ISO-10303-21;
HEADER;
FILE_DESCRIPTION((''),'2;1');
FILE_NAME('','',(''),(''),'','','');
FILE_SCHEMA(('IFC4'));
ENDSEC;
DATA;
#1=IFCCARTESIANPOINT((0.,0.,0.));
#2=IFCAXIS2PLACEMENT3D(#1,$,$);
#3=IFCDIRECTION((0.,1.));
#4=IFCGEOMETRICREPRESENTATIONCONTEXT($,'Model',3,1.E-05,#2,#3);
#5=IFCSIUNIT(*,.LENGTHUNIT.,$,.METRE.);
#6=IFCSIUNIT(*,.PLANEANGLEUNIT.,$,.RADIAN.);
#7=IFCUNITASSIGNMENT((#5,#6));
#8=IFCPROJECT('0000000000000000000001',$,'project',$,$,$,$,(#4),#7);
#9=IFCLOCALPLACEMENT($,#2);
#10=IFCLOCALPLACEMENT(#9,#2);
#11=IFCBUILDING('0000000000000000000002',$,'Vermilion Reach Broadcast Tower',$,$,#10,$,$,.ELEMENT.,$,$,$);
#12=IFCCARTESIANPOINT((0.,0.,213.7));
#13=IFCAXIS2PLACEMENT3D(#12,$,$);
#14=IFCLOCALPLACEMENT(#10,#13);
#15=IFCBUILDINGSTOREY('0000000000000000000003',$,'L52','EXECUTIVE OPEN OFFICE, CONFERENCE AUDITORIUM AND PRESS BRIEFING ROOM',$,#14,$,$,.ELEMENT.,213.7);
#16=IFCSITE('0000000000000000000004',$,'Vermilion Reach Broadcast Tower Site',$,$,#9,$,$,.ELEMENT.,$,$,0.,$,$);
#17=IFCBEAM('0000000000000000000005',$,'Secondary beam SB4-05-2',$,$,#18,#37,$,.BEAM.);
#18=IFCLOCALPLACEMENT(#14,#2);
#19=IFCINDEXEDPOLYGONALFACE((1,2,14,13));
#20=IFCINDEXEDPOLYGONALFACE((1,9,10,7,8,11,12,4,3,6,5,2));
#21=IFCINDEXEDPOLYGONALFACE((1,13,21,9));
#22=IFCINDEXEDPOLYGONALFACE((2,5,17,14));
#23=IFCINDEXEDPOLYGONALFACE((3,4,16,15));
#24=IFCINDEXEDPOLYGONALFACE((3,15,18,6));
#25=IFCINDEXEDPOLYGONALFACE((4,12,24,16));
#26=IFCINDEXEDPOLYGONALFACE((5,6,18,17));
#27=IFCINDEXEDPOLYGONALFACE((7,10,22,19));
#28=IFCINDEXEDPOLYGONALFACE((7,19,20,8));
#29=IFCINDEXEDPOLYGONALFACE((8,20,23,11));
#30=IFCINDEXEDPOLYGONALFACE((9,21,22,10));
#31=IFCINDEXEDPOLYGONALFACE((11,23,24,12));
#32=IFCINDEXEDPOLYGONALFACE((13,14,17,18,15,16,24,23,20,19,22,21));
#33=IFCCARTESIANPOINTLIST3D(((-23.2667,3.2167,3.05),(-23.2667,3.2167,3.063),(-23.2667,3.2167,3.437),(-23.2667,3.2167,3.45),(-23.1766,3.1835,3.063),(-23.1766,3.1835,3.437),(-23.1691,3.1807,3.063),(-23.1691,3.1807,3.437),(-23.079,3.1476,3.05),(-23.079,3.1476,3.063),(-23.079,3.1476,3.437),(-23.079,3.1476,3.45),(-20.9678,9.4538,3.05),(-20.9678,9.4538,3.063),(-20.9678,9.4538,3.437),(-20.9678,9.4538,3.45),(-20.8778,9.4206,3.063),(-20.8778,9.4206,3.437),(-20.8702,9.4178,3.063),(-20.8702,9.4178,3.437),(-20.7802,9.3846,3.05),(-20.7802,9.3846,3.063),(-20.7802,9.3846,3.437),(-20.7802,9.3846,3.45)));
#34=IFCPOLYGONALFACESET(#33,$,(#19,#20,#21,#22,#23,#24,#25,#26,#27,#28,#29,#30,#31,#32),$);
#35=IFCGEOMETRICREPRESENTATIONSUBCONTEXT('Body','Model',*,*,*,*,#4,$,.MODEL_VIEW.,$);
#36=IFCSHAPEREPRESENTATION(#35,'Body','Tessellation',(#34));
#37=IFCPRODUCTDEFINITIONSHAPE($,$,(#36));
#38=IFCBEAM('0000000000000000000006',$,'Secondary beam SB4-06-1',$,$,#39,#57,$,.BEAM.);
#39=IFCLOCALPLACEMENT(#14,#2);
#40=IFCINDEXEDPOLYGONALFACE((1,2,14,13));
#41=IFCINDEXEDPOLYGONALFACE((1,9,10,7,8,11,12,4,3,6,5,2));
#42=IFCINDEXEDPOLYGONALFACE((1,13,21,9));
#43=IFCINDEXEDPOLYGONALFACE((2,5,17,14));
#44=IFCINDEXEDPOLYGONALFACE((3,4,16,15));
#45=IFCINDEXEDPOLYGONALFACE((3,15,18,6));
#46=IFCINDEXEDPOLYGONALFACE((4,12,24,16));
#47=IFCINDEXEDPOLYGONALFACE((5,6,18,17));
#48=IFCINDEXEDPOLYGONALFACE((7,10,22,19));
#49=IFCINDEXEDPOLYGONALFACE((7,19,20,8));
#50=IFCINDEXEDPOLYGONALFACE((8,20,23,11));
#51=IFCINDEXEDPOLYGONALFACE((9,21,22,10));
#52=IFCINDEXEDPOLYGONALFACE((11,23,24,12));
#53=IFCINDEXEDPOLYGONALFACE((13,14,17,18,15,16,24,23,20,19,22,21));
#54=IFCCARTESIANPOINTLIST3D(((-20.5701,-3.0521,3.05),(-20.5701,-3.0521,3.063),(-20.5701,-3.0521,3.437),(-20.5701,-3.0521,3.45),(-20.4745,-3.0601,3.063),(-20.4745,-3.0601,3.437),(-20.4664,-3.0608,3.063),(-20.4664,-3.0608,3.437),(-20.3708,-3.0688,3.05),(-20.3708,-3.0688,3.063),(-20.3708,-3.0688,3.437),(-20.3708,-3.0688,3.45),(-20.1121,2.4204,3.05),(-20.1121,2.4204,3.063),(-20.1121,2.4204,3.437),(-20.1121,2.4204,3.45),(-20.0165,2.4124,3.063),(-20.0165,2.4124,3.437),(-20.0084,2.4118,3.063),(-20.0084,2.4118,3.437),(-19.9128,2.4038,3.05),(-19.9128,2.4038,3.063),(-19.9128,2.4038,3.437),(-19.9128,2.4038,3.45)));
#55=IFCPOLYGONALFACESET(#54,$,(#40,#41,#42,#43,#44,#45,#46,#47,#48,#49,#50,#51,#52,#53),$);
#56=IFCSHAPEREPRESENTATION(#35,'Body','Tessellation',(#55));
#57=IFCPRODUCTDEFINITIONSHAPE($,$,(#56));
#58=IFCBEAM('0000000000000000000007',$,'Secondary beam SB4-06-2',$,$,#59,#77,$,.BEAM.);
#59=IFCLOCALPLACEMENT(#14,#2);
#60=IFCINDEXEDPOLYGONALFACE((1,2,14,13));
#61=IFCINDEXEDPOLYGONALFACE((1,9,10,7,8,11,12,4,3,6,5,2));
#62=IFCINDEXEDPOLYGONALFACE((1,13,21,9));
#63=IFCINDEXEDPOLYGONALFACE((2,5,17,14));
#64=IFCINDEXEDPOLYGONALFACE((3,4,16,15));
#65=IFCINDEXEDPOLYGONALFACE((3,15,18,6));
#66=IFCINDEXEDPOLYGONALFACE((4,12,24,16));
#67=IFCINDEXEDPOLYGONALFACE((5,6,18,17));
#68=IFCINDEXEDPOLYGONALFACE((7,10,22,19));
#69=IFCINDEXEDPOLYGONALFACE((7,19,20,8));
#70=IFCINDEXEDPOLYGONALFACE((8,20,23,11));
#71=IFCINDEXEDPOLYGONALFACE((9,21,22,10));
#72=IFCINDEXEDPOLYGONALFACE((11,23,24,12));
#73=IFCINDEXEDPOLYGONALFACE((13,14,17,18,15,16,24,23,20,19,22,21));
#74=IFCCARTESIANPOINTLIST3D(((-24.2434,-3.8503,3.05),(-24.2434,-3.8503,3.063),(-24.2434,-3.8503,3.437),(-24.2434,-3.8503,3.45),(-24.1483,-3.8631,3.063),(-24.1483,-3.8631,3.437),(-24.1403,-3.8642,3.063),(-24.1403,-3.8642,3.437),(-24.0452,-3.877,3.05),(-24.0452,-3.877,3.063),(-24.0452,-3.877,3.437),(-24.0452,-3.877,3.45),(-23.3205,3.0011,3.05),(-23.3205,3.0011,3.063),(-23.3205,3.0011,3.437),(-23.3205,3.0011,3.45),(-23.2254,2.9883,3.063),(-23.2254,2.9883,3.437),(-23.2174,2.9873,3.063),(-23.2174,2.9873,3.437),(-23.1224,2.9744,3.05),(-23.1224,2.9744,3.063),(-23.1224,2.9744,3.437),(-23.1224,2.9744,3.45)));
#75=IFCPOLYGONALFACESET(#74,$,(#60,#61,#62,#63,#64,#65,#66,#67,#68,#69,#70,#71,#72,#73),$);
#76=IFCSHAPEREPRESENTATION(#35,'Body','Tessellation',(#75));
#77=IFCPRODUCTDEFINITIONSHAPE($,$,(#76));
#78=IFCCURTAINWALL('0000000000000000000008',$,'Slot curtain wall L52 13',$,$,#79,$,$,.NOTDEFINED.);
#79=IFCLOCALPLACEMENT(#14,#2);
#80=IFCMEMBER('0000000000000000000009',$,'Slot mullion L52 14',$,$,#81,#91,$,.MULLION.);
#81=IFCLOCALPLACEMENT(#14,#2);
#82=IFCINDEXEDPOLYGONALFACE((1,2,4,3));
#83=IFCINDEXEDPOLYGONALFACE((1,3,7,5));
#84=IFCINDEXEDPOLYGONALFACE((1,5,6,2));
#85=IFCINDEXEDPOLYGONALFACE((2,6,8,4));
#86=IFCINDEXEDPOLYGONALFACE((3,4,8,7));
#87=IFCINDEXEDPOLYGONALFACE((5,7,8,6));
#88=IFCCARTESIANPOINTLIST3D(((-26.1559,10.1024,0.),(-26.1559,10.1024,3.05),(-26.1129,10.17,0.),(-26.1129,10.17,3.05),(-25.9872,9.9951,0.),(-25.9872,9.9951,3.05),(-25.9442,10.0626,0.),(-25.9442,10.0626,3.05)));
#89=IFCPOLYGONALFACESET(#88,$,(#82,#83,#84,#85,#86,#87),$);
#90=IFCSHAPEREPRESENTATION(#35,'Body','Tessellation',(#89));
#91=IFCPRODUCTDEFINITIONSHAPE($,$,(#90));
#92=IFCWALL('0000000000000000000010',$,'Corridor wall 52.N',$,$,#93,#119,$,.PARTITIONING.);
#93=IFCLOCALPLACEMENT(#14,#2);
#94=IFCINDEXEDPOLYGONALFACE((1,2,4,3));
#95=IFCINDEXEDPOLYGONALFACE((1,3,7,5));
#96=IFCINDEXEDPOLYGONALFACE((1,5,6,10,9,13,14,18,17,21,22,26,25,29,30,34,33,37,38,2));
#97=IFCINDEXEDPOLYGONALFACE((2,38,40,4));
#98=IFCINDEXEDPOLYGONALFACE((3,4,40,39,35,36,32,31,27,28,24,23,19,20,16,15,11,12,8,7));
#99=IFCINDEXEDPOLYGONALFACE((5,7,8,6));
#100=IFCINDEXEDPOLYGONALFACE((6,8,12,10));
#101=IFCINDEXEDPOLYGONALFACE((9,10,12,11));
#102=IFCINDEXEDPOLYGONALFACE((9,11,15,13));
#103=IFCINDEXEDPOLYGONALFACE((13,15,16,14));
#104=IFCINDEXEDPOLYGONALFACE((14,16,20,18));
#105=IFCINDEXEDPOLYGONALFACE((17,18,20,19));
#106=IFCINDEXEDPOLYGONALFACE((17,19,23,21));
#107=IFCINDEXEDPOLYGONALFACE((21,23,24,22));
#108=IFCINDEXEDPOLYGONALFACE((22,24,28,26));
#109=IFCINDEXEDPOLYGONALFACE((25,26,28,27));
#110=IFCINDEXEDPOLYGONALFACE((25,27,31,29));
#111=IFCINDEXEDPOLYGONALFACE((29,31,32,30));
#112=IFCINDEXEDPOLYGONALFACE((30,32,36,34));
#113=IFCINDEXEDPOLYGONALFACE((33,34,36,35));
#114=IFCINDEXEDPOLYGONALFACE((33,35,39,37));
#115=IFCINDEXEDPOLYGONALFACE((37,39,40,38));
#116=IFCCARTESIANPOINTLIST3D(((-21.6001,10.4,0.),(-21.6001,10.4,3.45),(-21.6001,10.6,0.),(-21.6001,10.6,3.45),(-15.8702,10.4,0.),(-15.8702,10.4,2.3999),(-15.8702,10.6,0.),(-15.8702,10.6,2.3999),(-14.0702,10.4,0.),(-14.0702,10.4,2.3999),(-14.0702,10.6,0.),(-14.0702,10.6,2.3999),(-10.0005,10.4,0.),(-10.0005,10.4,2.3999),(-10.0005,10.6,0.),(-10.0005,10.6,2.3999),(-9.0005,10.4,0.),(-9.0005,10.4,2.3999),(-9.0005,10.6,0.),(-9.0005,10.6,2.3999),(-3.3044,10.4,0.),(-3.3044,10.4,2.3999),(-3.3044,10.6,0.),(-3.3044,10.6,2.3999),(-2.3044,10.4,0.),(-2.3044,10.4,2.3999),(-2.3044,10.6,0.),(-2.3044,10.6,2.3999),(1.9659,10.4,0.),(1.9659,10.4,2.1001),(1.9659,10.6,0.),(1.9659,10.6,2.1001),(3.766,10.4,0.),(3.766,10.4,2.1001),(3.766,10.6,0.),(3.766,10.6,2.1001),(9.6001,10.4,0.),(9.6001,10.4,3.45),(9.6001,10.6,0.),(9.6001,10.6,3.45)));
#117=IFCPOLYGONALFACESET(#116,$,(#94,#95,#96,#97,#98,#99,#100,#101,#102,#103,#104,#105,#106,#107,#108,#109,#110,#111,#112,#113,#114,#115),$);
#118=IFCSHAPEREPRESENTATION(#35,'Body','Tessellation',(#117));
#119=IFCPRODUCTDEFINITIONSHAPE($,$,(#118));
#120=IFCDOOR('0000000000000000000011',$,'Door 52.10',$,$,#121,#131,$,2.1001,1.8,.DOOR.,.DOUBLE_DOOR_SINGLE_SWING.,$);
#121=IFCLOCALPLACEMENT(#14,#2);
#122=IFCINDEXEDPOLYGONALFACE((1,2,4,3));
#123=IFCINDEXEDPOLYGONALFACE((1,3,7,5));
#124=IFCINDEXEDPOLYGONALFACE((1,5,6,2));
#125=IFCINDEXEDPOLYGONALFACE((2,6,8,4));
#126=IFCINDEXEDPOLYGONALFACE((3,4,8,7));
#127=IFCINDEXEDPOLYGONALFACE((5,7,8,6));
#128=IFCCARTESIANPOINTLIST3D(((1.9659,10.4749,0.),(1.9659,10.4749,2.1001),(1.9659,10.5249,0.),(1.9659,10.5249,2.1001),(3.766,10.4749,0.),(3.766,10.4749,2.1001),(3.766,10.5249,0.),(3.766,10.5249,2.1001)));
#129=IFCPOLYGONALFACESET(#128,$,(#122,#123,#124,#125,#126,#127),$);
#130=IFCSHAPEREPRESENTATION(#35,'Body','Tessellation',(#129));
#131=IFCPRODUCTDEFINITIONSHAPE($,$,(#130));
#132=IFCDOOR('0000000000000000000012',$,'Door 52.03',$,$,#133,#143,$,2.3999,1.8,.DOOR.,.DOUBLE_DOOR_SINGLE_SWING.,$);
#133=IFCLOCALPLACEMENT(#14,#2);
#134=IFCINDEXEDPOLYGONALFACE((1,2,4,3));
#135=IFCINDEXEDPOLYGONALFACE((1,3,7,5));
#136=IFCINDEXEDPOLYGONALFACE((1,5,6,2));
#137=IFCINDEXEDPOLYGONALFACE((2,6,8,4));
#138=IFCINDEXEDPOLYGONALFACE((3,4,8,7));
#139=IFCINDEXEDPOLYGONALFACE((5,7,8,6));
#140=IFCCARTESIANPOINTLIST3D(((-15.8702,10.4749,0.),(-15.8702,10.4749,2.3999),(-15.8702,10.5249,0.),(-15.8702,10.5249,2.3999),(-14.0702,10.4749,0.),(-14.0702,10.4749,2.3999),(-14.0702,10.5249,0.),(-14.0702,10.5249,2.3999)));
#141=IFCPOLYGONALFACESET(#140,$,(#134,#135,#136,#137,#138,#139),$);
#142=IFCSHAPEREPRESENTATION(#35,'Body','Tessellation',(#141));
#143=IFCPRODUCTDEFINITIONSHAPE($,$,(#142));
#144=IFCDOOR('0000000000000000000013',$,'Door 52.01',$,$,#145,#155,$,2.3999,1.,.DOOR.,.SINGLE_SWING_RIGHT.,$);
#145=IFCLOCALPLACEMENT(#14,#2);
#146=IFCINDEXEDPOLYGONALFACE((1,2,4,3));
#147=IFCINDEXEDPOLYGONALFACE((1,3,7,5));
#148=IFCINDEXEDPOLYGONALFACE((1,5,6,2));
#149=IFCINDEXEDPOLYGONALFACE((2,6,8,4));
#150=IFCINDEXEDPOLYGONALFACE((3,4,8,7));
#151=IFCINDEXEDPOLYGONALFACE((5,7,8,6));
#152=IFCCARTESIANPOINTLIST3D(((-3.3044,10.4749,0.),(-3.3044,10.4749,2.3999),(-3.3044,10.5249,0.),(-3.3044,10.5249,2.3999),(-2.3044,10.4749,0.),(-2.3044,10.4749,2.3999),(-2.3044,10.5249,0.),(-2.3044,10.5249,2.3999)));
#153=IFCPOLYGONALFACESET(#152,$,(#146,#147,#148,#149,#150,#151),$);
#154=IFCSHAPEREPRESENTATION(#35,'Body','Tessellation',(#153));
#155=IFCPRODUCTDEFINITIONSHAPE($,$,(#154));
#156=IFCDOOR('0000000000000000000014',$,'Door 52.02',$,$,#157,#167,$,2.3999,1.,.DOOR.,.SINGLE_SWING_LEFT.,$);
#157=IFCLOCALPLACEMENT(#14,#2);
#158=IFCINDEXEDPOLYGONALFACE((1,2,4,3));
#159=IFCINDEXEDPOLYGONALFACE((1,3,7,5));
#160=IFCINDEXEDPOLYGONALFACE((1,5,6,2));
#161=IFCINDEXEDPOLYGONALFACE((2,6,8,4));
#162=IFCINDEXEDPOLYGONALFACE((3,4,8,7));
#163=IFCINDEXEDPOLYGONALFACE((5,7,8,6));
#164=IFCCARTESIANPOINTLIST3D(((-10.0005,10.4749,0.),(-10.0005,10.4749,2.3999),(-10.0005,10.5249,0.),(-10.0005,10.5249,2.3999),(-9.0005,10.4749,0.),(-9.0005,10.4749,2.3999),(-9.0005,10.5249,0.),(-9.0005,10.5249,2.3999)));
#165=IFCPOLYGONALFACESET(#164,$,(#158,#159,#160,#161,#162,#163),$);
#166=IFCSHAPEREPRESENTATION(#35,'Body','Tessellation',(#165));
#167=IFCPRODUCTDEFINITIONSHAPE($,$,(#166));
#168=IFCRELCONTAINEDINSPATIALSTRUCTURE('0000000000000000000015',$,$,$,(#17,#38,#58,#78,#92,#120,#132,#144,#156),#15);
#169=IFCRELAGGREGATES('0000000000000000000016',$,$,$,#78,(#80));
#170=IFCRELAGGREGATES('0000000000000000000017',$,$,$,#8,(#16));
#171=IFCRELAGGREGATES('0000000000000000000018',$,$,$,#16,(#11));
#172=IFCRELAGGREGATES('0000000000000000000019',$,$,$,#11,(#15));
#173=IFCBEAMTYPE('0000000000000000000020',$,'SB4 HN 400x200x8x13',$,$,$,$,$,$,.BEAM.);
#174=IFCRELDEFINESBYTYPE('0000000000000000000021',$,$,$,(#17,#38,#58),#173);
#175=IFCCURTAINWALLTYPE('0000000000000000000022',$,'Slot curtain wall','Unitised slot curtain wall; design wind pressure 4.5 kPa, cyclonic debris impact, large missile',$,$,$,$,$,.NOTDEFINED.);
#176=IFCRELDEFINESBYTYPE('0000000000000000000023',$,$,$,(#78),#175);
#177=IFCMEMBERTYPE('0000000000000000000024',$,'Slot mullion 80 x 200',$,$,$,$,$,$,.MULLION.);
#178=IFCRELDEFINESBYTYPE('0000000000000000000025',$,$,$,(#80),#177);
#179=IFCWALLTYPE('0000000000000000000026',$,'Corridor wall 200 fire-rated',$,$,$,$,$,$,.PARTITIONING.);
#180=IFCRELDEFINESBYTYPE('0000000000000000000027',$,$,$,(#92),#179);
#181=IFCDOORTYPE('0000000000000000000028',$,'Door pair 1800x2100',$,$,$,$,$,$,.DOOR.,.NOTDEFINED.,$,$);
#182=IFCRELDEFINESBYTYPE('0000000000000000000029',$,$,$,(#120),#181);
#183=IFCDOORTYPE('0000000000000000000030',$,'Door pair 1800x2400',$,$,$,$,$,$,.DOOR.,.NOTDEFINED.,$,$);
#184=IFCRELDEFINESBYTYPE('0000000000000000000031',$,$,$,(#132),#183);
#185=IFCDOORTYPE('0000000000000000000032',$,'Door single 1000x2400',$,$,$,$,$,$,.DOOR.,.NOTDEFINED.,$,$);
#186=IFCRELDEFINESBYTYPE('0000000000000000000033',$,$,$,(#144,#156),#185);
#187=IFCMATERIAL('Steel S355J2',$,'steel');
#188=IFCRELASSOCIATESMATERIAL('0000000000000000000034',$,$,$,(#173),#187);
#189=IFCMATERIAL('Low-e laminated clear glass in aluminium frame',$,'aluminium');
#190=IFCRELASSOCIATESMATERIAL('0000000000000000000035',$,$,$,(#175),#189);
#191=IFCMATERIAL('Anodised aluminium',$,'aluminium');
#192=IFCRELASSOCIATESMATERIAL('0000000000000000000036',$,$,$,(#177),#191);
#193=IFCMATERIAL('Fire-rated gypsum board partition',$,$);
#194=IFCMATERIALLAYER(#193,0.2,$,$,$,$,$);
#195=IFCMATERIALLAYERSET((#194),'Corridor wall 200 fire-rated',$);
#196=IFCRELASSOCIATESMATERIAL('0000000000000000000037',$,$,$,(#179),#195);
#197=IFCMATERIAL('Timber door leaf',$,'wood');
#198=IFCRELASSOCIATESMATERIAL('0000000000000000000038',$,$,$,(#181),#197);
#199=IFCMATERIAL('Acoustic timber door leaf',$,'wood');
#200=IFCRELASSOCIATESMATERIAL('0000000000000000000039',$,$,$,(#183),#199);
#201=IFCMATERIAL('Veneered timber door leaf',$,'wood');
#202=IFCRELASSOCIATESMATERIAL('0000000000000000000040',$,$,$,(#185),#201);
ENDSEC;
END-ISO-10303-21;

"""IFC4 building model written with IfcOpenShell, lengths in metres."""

from ifc_helpers import new_model, si_unit, direction, frame, frame_2d, origin, origin_2d, place, context, subcontext, project, spatial, rectangle, i_section, extrude, material, layer, layer_set, material_profile, profile_set, type_object, element, fill, aggregate, save


model = new_model("IFC4")

# Units and contexts
model_context = context("Model", 3, precision=1e-05, world=origin(), true_north=direction((0.0, 1.0)))
body_context = subcontext(model_context, "Body", "Model", "MODEL_VIEW")
ifc_project = project(units=[si_unit("LENGTHUNIT", "METRE"), si_unit("PLANEANGLEUNIT", "RADIAN")], contexts=[model_context])

# Site, building, storey
site_placement = place(None, origin())
site = spatial("IfcSite", under=ifc_project, at=site_placement, Name="Vermilion Reach Broadcast Tower Site", CompositionType="ELEMENT", RefElevation=0.0)
building_placement = place(site_placement, origin())
building = spatial("IfcBuilding", under=site, at=building_placement, Name="Vermilion Reach Broadcast Tower", CompositionType="ELEMENT")
storey_placement = place(building_placement, frame((0.0, 0.0, 213.7)))
storey = spatial("IfcBuildingStorey", under=building, at=storey_placement, Name="L52", Description="EXECUTIVE OPEN OFFICE, CONFERENCE AUDITORIUM AND PRESS BRIEFING ROOM", CompositionType="ELEMENT", Elevation=213.7)

# Beams
ifc_material_1 = material(Name="Steel S355J2", Category="steel")
ifc_material_profile_1 = material_profile(ifc_material_1, i_section(OverallWidth=0.2, OverallDepth=0.3999, WebThickness=0.0081, FlangeThickness=0.0129, at=origin_2d()), Name="S355J2 HN 400x200x8x13")
ifc_profile_set_1 = profile_set([ifc_material_profile_1], Name="Steel S355J2")
beam_type_1 = type_object("IfcBeamType", Name="SB4 HN 400x200x8x13", PredefinedType="BEAM", material=ifc_profile_set_1)
beam_1_placement = place(storey_placement, frame((-20.874, 9.4192, 3.25), z_axis=(-0.345833, -0.938296, 0.0), x_axis=(0.938296, -0.345833, 0.0)))
element("IfcBeam", 1, at=beam_1_placement, inside=storey, type_object=beam_type_1, Name="Secondary beam SB4-05-2", PredefinedType="BEAM", context=body_context, shape_type="SweptSolid", body=[
    extrude(i_section(OverallWidth=0.2, OverallDepth=0.3999, WebThickness=0.0081, FlangeThickness=0.0129, at=origin_2d()), origin(), (0.0, 0.0, 1.0), 6.6472),
])
beam_2_placement = place(storey_placement, frame((-20.0125, 2.4121, 3.25), z_axis=(-0.083399, -0.996516, 0.0), x_axis=(0.996516, -0.083399, 0.0)))
element("IfcBeam", 2, at=beam_2_placement, inside=storey, type_object=beam_type_1, Name="Secondary beam SB4-06-1", PredefinedType="BEAM", context=body_context, shape_type="SweptSolid", body=[
    extrude(i_section(OverallWidth=0.2, OverallDepth=0.3999, WebThickness=0.0081, FlangeThickness=0.0129, at=origin_2d()), origin(), (0.0, 0.0, 1.0), 5.4917),
])
beam_3_placement = place(storey_placement, frame((-23.2214, 2.9878, 3.25), z_axis=(-0.133487, -0.991051, 0.0), x_axis=(0.991051, -0.133487, 0.0)))
element("IfcBeam", 3, at=beam_3_placement, inside=storey, type_object=beam_type_1, Name="Secondary beam SB4-06-2", PredefinedType="BEAM", context=body_context, shape_type="SweptSolid", body=[
    extrude(i_section(OverallWidth=0.2, OverallDepth=0.3999, WebThickness=0.0081, FlangeThickness=0.0129, at=origin_2d()), origin(), (0.0, 0.0, 1.0), 6.9133),
])

# Curtain wall, member
ifc_material_2 = material(Name="Low-e laminated clear glass in aluminium frame", Category="aluminium")
curtain_wall_type = type_object("IfcCurtainWallType", Name="Slot curtain wall", Description="Unitised slot curtain wall; design wind pressure 4.5 kPa, cyclonic debris impact, large missile", PredefinedType="NOTDEFINED", material=ifc_material_2)
curtain_wall_placement = place(storey_placement, origin())
curtain_wall = element("IfcCurtainWall", 4, at=curtain_wall_placement, inside=storey, type_object=curtain_wall_type, Name="Slot curtain wall L52 13", PredefinedType="NOTDEFINED")
ifc_material_3 = material(Name="Anodised aluminium", Category="aluminium")
ifc_material_profile_2 = material_profile(ifc_material_3, rectangle(XDim=0.2, YDim=0.0801, at=origin_2d()), Name="Slot mullion 80 x 200")
ifc_profile_set_2 = profile_set([ifc_material_profile_2], Name="Anodised aluminium")
member_type = type_object("IfcMemberType", Name="Slot mullion 80 x 200", PredefinedType="MULLION", material=ifc_profile_set_2)
member_placement = place(storey_placement, frame((-26.05, 10.0825, 0.0), z_axis=(0.0, 0.0, 1.0), x_axis=(0.843588, -0.536991, 0.0)))
member = element("IfcMember", 5, at=member_placement, type_object=member_type, Name="Slot mullion L52 14", PredefinedType="MULLION", context=body_context, shape_type="SweptSolid", body=[
    extrude(rectangle(XDim=0.2, YDim=0.0801, at=origin_2d()), origin(), (0.0, 0.0, 1.0), 3.05),
])
aggregate(curtain_wall, [member])

# Wall, openings, doors
ifc_material_4 = material(Name="Fire-rated gypsum board partition")
ifc_layer_1 = layer(ifc_material_4, 0.2)
ifc_layer_set_1 = layer_set([ifc_layer_1], Name="Corridor wall 200 fire-rated")
wall_type_1 = type_object("IfcWallType", Name="Corridor wall 200 fire-rated", PredefinedType="PARTITIONING", material=ifc_layer_set_1)
wall_1_placement = place(storey_placement, frame((-21.6001, 10.5, 0.0), z_axis=(0.0, 0.0, 1.0), x_axis=(1.0, 0.0, 0.0)))
wall_1 = element("IfcWall", 6, at=wall_1_placement, inside=storey, type_object=wall_type_1, Name="Corridor wall 52.N", PredefinedType="PARTITIONING", context=body_context, shape_type="SweptSolid", body=[
    extrude(rectangle(XDim=31.2002, YDim=0.2, at=frame_2d((15.6001, 0.0))), origin(), (0.0, 0.0, 1.0), 3.45),
])
opening_1_placement = place(wall_1_placement, frame((18.2957, 0.0, 0.0)))
opening_1 = element("IfcOpeningElement", 7, at=opening_1_placement, cuts=wall_1, PredefinedType="OPENING", context=body_context, shape_type="SweptSolid", body=[
    extrude(rectangle(XDim=1.0, YDim=2.3999, at=frame_2d((0.5, 1.2))), frame((0.0, 0.1099, 0.0), z_axis=(0.0, -1.0, 0.0), x_axis=(1.0, 0.0, 0.0)), (0.0, 0.0, 1.0), 0.22),
])
opening_2_placement = place(wall_1_placement, frame((11.5996, 0.0, 0.0)))
opening_2 = element("IfcOpeningElement", 8, at=opening_2_placement, cuts=wall_1, PredefinedType="OPENING", context=body_context, shape_type="SweptSolid", body=[
    extrude(rectangle(XDim=1.0, YDim=2.3999, at=frame_2d((0.5, 1.2))), frame((0.0, 0.1099, 0.0), z_axis=(0.0, -1.0, 0.0), x_axis=(1.0, 0.0, 0.0)), (0.0, 0.0, 1.0), 0.22),
])
opening_3_placement = place(wall_1_placement, frame((5.73, 0.0, 0.0)))
opening_3 = element("IfcOpeningElement", 9, at=opening_3_placement, cuts=wall_1, PredefinedType="OPENING", context=body_context, shape_type="SweptSolid", body=[
    extrude(rectangle(XDim=1.8, YDim=2.3999, at=frame_2d((0.8999, 1.2))), frame((0.0, 0.1099, 0.0), z_axis=(0.0, -1.0, 0.0), x_axis=(1.0, 0.0, 0.0)), (0.0, 0.0, 1.0), 0.22),
])
opening_4_placement = place(wall_1_placement, frame((23.5662, 0.0, 0.0)))
opening_4 = element("IfcOpeningElement", 10, at=opening_4_placement, cuts=wall_1, PredefinedType="OPENING", context=body_context, shape_type="SweptSolid", body=[
    extrude(rectangle(XDim=1.8, YDim=2.1001, at=frame_2d((0.8999, 1.05))), frame((0.0, 0.1099, 0.0), z_axis=(0.0, -1.0, 0.0), x_axis=(1.0, 0.0, 0.0)), (0.0, 0.0, 1.0), 0.22),
])
ifc_material_5 = material(Name="Timber door leaf", Category="wood")
door_type_1 = type_object("IfcDoorType", Name="Door pair 1800x2100", OperationType="NOTDEFINED", PredefinedType="DOOR", material=ifc_material_5)
door_1_placement = place(opening_4_placement, origin())
door_1 = element("IfcDoor", 11, at=door_1_placement, inside=storey, type_object=door_type_1, Name="Door 52.10", OperationType="DOUBLE_DOOR_SINGLE_SWING", OverallHeight=2.1001, OverallWidth=1.8, PredefinedType="DOOR", context=body_context, shape_type="SweptSolid", body=[
    extrude(rectangle(XDim=1.8, YDim=2.1001, at=frame_2d((0.8999, 1.05))), frame((0.0, 0.0249, 0.0), z_axis=(0.0, -1.0, 0.0), x_axis=(1.0, 0.0, 0.0)), (0.0, 0.0, 1.0), 0.05),
])
fill(opening_4, door_1)
ifc_material_6 = material(Name="Acoustic timber door leaf", Category="wood")
door_type_2 = type_object("IfcDoorType", Name="Door pair 1800x2400", OperationType="NOTDEFINED", PredefinedType="DOOR", material=ifc_material_6)
door_2_placement = place(opening_3_placement, origin())
door_2 = element("IfcDoor", 12, at=door_2_placement, inside=storey, type_object=door_type_2, Name="Door 52.03", OperationType="DOUBLE_DOOR_SINGLE_SWING", OverallHeight=2.3999, OverallWidth=1.8, PredefinedType="DOOR", context=body_context, shape_type="SweptSolid", body=[
    extrude(rectangle(XDim=1.8, YDim=2.3999, at=frame_2d((0.8999, 1.2))), frame((0.0, 0.0249, 0.0), z_axis=(0.0, -1.0, 0.0), x_axis=(1.0, 0.0, 0.0)), (0.0, 0.0, 1.0), 0.05),
])
fill(opening_3, door_2)
ifc_material_7 = material(Name="Veneered timber door leaf", Category="wood")
door_type_3 = type_object("IfcDoorType", Name="Door single 1000x2400", OperationType="NOTDEFINED", PredefinedType="DOOR", material=ifc_material_7)
door_3_placement = place(opening_1_placement, origin())
door_3 = element("IfcDoor", 13, at=door_3_placement, inside=storey, type_object=door_type_3, Name="Door 52.01", OperationType="SINGLE_SWING_RIGHT", OverallHeight=2.3999, OverallWidth=1.0, PredefinedType="DOOR", context=body_context, shape_type="SweptSolid", body=[
    extrude(rectangle(XDim=1.0, YDim=2.3999, at=frame_2d((0.5, 1.2))), frame((0.0, 0.0249, 0.0), z_axis=(0.0, -1.0, 0.0), x_axis=(1.0, 0.0, 0.0)), (0.0, 0.0, 1.0), 0.05),
])
fill(opening_1, door_3)
door_4_placement = place(opening_2_placement, origin())
door_4 = element("IfcDoor", 14, at=door_4_placement, inside=storey, type_object=door_type_3, Name="Door 52.02", OperationType="SINGLE_SWING_LEFT", OverallHeight=2.3999, OverallWidth=1.0, PredefinedType="DOOR", context=body_context, shape_type="SweptSolid", body=[
    extrude(rectangle(XDim=1.0, YDim=2.3999, at=frame_2d((0.5, 1.2))), frame((0.0, 0.0249, 0.0), z_axis=(0.0, -1.0, 0.0), x_axis=(1.0, 0.0, 0.0)), (0.0, 0.0, 1.0), 0.05),
])
fill(opening_2, door_4)

save(model, "model.ifc")
